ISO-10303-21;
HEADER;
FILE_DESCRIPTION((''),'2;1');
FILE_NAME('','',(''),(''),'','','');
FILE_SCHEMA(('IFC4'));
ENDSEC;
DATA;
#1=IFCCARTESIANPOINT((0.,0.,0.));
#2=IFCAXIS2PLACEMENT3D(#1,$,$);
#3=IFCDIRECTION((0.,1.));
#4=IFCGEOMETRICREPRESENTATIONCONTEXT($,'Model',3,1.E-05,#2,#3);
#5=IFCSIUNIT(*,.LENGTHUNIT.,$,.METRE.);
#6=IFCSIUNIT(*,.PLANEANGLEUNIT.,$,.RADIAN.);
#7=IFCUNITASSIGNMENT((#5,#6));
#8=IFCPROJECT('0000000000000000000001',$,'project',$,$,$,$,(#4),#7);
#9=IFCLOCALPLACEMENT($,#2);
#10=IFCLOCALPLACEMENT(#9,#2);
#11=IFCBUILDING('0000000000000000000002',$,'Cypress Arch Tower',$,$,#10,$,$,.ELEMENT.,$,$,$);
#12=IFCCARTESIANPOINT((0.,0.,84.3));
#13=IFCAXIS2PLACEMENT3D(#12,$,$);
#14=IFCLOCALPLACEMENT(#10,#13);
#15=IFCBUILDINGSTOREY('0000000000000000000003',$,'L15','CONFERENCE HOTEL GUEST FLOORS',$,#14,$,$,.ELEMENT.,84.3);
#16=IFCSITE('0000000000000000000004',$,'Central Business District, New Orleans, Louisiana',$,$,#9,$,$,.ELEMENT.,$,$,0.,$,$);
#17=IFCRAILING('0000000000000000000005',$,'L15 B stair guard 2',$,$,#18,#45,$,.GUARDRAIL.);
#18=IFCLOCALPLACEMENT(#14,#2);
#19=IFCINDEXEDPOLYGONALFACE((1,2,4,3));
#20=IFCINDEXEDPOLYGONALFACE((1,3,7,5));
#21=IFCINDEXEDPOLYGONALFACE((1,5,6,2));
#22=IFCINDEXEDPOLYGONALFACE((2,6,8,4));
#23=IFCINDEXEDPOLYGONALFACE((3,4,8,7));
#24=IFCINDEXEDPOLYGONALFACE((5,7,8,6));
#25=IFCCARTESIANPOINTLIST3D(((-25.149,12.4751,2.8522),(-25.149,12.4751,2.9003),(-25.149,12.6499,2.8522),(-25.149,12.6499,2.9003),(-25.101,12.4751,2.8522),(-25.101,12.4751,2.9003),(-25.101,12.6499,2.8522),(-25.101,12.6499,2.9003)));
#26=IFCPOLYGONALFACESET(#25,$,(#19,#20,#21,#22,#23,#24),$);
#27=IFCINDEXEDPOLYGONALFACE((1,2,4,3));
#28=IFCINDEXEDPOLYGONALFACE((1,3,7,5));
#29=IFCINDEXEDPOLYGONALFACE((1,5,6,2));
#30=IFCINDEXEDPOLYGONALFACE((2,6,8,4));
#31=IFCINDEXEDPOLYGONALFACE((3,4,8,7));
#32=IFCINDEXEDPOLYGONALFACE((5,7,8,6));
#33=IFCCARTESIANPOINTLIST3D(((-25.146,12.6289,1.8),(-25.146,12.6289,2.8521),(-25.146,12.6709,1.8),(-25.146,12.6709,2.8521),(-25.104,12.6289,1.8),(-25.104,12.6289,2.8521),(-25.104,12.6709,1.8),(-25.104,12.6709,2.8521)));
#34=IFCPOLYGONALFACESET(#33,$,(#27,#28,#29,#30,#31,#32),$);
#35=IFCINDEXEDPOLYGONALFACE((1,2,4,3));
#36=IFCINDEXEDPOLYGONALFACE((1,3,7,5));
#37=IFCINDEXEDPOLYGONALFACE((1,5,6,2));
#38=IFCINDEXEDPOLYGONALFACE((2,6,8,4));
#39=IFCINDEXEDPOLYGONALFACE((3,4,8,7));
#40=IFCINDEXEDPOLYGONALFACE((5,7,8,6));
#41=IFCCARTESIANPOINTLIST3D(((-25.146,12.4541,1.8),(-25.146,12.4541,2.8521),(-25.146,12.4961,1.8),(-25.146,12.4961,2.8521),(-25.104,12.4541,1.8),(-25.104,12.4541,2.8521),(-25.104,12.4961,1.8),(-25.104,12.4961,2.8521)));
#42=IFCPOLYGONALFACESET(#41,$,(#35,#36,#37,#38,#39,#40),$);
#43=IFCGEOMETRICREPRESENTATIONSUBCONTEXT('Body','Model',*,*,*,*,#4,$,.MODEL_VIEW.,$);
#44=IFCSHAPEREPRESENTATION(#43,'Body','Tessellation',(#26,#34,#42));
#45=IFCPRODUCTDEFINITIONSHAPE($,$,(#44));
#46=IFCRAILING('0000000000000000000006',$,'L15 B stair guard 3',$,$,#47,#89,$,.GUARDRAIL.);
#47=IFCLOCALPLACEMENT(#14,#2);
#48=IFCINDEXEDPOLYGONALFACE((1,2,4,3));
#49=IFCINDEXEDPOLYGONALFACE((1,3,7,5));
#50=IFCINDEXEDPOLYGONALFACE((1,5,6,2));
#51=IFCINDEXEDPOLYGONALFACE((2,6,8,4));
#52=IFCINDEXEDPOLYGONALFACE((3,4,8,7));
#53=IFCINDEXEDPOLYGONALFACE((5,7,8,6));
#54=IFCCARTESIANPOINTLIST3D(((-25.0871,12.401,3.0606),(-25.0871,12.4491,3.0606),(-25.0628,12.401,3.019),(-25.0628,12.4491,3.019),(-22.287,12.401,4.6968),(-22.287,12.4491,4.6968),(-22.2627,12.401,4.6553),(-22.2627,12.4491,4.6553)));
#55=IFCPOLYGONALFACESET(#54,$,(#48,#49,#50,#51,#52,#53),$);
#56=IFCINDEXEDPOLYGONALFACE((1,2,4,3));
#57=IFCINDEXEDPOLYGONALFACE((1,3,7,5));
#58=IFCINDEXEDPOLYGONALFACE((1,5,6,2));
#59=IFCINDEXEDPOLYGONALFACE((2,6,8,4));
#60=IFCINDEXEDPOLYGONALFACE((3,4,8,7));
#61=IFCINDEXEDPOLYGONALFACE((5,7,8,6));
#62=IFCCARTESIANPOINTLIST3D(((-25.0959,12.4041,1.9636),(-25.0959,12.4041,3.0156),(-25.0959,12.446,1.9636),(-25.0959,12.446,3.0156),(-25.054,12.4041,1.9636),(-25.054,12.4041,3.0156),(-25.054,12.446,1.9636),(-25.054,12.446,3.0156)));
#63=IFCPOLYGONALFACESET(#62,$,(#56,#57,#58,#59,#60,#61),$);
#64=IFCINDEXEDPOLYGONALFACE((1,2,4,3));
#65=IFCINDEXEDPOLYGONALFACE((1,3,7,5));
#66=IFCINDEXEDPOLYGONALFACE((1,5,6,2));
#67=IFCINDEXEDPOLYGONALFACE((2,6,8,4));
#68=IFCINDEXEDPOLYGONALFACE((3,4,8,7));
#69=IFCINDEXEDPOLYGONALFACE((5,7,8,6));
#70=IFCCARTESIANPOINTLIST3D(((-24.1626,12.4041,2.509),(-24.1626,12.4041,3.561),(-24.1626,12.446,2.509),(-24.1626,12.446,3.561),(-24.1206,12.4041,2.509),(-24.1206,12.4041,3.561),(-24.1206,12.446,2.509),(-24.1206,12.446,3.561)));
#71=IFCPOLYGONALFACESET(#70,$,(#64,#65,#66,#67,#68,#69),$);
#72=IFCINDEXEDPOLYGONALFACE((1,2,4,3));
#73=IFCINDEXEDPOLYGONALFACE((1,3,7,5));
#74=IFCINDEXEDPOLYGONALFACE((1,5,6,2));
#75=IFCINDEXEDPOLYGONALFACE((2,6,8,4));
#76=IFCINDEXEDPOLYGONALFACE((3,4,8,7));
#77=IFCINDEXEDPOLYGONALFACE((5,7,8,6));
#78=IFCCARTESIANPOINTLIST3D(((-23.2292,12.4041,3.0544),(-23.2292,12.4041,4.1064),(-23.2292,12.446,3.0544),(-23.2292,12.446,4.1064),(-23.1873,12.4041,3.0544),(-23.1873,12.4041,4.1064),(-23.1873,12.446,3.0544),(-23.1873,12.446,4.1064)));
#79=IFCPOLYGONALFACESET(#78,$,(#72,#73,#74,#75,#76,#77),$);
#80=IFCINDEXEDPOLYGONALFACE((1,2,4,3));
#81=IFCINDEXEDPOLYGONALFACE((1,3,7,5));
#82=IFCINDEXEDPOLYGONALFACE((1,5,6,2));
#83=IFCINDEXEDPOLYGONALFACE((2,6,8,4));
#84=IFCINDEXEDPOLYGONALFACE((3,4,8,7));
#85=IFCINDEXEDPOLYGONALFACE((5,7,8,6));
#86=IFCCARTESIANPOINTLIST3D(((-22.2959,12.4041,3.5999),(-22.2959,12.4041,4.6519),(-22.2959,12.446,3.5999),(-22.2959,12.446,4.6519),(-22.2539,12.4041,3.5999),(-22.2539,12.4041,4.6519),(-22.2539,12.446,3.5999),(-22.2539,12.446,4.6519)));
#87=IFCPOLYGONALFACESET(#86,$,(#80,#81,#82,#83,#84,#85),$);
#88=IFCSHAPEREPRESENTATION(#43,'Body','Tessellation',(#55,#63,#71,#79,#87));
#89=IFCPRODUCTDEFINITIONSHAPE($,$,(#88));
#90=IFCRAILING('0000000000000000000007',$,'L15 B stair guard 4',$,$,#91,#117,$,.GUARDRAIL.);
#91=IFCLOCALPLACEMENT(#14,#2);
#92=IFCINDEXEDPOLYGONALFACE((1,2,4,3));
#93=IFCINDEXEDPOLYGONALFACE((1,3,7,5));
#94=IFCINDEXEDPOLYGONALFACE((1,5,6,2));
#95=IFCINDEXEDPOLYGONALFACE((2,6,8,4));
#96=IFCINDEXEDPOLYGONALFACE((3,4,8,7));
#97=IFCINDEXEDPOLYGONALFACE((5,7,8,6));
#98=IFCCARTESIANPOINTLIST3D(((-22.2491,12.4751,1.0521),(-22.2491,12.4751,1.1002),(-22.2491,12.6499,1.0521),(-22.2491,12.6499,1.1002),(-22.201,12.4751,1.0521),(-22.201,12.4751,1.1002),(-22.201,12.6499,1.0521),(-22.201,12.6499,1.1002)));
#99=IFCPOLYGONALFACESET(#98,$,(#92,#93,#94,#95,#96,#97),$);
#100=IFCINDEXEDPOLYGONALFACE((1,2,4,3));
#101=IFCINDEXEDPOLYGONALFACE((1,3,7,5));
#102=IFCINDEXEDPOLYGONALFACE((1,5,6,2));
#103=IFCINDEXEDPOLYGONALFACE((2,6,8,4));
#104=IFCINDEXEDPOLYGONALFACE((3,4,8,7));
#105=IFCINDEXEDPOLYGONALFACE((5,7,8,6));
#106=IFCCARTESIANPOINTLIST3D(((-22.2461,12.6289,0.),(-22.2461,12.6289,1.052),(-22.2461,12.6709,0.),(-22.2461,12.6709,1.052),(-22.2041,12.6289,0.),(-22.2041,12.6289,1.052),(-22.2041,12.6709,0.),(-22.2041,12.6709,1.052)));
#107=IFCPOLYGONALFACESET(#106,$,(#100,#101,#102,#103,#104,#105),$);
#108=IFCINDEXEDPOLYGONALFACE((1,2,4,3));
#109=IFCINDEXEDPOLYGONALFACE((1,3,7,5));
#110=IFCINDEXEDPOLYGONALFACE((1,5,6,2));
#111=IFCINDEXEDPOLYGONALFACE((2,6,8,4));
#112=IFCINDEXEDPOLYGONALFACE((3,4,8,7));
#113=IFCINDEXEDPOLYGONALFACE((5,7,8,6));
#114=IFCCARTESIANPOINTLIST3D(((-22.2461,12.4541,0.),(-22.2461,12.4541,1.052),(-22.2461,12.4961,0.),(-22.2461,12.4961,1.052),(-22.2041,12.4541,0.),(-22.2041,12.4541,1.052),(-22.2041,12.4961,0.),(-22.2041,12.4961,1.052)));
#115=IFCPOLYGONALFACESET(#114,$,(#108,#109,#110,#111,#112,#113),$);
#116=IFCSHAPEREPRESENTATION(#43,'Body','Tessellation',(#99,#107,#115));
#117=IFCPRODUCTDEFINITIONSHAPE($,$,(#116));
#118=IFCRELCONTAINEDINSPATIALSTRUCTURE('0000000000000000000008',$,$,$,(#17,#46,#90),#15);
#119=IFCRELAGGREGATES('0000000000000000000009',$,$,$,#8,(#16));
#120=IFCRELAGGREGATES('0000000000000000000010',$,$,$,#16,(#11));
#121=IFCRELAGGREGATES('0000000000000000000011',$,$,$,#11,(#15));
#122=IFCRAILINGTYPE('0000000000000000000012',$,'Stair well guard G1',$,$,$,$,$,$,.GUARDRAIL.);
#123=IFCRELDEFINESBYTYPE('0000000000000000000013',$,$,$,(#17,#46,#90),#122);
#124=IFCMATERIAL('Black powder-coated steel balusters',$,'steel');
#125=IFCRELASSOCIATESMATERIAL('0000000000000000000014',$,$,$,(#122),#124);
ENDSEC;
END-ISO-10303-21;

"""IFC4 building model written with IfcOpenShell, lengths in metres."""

from ifc_helpers import new_model, si_unit, direction, frame, origin, origin_2d, place, context, subcontext, project, spatial, rectangle, extrude, material, type_object, element, save


model = new_model("IFC4")

# Units and contexts
model_context = context("Model", 3, precision=1e-05, world=origin(), true_north=direction((0.0, 1.0)))
body_context = subcontext(model_context, "Body", "Model", "MODEL_VIEW")
ifc_project = project(units=[si_unit("LENGTHUNIT", "METRE"), si_unit("PLANEANGLEUNIT", "RADIAN")], contexts=[model_context])

# Site, building, storey
site_placement = place(None, origin())
site = spatial("IfcSite", under=ifc_project, at=site_placement, Name="Central Business District, New Orleans, Louisiana", CompositionType="ELEMENT", RefElevation=0.0)
building_placement = place(site_placement, origin())
building = spatial("IfcBuilding", under=site, at=building_placement, Name="Cypress Arch Tower", CompositionType="ELEMENT")
storey_placement = place(building_placement, frame((0.0, 0.0, 84.3)))
storey = spatial("IfcBuildingStorey", under=building, at=storey_placement, Name="L15", Description="CONFERENCE HOTEL GUEST FLOORS", CompositionType="ELEMENT", Elevation=84.3)

# Railings
ifc_material_1 = material(Name="Black powder-coated steel balusters", Category="steel")
railing_type_1 = type_object("IfcRailingType", Name="Stair well guard G1", PredefinedType="GUARDRAIL", material=ifc_material_1)
railing_1_placement = place(storey_placement, frame((-25.125, 12.6499, 1.8)))
element("IfcRailing", 1, at=railing_1_placement, inside=storey, type_object=railing_type_1, Name="L15 B stair guard 2", PredefinedType="GUARDRAIL", context=body_context, shape_type="SweptSolid", body=[
    extrude(rectangle(XDim=0.0481, YDim=0.0481, at=origin_2d()), frame((0.0, 0.0, 1.0762), z_axis=(0.0, -1.0, 0.0), x_axis=(1.0, 0.0, 0.0)), (0.0, 0.0, 1.0), 0.1748),
    extrude(rectangle(XDim=0.042, YDim=0.042, at=origin_2d()), origin(), (0.0, 0.0, 1.0), 1.052),
    extrude(rectangle(XDim=0.042, YDim=0.042, at=origin_2d()), frame((0.0, -0.1748, 0.0)), (0.0, 0.0, 1.0), 1.052),
])
railing_2_placement = place(storey_placement, frame((-25.075, 12.425, 1.9636)))
element("IfcRailing", 2, at=railing_2_placement, inside=storey, type_object=railing_type_1, Name="L15 B stair guard 3", PredefinedType="GUARDRAIL", context=body_context, shape_type="SweptSolid", body=[
    extrude(rectangle(XDim=0.0481, YDim=0.0481, at=origin_2d()), frame((0.0, 0.0, 1.0762), z_axis=(0.863394, 0.0, 0.504531), x_axis=(0.0, 1.0, 0.0)), (0.0, 0.0, 1.0), 3.2432),
    extrude(rectangle(XDim=0.042, YDim=0.042, at=origin_2d()), origin(), (0.0, 0.0, 1.0), 1.052),
    extrude(rectangle(XDim=0.042, YDim=0.042, at=origin_2d()), frame((0.9333, 0.0, 0.5454)), (0.0, 0.0, 1.0), 1.052),
    extrude(rectangle(XDim=0.042, YDim=0.042, at=origin_2d()), frame((1.8667, 0.0, 1.0908)), (0.0, 0.0, 1.0), 1.052),
    extrude(rectangle(XDim=0.042, YDim=0.042, at=origin_2d()), frame((2.8, 0.0, 1.6362)), (0.0, 0.0, 1.0), 1.052),
])
railing_3_placement = place(storey_placement, frame((-22.2251, 12.6499, 0.0)))
element("IfcRailing", 3, at=railing_3_placement, inside=storey, type_object=railing_type_1, Name="L15 B stair guard 4", PredefinedType="GUARDRAIL", context=body_context, shape_type="SweptSolid", body=[
    extrude(rectangle(XDim=0.0481, YDim=0.0481, at=origin_2d()), frame((0.0, 0.0, 1.0762), z_axis=(0.0, -1.0, 0.0), x_axis=(1.0, 0.0, 0.0)), (0.0, 0.0, 1.0), 0.1748),
    extrude(rectangle(XDim=0.042, YDim=0.042, at=origin_2d()), origin(), (0.0, 0.0, 1.0), 1.052),
    extrude(rectangle(XDim=0.042, YDim=0.042, at=origin_2d()), frame((0.0, -0.1748, 0.0)), (0.0, 0.0, 1.0), 1.052),
])

save(model, "model.ifc")
